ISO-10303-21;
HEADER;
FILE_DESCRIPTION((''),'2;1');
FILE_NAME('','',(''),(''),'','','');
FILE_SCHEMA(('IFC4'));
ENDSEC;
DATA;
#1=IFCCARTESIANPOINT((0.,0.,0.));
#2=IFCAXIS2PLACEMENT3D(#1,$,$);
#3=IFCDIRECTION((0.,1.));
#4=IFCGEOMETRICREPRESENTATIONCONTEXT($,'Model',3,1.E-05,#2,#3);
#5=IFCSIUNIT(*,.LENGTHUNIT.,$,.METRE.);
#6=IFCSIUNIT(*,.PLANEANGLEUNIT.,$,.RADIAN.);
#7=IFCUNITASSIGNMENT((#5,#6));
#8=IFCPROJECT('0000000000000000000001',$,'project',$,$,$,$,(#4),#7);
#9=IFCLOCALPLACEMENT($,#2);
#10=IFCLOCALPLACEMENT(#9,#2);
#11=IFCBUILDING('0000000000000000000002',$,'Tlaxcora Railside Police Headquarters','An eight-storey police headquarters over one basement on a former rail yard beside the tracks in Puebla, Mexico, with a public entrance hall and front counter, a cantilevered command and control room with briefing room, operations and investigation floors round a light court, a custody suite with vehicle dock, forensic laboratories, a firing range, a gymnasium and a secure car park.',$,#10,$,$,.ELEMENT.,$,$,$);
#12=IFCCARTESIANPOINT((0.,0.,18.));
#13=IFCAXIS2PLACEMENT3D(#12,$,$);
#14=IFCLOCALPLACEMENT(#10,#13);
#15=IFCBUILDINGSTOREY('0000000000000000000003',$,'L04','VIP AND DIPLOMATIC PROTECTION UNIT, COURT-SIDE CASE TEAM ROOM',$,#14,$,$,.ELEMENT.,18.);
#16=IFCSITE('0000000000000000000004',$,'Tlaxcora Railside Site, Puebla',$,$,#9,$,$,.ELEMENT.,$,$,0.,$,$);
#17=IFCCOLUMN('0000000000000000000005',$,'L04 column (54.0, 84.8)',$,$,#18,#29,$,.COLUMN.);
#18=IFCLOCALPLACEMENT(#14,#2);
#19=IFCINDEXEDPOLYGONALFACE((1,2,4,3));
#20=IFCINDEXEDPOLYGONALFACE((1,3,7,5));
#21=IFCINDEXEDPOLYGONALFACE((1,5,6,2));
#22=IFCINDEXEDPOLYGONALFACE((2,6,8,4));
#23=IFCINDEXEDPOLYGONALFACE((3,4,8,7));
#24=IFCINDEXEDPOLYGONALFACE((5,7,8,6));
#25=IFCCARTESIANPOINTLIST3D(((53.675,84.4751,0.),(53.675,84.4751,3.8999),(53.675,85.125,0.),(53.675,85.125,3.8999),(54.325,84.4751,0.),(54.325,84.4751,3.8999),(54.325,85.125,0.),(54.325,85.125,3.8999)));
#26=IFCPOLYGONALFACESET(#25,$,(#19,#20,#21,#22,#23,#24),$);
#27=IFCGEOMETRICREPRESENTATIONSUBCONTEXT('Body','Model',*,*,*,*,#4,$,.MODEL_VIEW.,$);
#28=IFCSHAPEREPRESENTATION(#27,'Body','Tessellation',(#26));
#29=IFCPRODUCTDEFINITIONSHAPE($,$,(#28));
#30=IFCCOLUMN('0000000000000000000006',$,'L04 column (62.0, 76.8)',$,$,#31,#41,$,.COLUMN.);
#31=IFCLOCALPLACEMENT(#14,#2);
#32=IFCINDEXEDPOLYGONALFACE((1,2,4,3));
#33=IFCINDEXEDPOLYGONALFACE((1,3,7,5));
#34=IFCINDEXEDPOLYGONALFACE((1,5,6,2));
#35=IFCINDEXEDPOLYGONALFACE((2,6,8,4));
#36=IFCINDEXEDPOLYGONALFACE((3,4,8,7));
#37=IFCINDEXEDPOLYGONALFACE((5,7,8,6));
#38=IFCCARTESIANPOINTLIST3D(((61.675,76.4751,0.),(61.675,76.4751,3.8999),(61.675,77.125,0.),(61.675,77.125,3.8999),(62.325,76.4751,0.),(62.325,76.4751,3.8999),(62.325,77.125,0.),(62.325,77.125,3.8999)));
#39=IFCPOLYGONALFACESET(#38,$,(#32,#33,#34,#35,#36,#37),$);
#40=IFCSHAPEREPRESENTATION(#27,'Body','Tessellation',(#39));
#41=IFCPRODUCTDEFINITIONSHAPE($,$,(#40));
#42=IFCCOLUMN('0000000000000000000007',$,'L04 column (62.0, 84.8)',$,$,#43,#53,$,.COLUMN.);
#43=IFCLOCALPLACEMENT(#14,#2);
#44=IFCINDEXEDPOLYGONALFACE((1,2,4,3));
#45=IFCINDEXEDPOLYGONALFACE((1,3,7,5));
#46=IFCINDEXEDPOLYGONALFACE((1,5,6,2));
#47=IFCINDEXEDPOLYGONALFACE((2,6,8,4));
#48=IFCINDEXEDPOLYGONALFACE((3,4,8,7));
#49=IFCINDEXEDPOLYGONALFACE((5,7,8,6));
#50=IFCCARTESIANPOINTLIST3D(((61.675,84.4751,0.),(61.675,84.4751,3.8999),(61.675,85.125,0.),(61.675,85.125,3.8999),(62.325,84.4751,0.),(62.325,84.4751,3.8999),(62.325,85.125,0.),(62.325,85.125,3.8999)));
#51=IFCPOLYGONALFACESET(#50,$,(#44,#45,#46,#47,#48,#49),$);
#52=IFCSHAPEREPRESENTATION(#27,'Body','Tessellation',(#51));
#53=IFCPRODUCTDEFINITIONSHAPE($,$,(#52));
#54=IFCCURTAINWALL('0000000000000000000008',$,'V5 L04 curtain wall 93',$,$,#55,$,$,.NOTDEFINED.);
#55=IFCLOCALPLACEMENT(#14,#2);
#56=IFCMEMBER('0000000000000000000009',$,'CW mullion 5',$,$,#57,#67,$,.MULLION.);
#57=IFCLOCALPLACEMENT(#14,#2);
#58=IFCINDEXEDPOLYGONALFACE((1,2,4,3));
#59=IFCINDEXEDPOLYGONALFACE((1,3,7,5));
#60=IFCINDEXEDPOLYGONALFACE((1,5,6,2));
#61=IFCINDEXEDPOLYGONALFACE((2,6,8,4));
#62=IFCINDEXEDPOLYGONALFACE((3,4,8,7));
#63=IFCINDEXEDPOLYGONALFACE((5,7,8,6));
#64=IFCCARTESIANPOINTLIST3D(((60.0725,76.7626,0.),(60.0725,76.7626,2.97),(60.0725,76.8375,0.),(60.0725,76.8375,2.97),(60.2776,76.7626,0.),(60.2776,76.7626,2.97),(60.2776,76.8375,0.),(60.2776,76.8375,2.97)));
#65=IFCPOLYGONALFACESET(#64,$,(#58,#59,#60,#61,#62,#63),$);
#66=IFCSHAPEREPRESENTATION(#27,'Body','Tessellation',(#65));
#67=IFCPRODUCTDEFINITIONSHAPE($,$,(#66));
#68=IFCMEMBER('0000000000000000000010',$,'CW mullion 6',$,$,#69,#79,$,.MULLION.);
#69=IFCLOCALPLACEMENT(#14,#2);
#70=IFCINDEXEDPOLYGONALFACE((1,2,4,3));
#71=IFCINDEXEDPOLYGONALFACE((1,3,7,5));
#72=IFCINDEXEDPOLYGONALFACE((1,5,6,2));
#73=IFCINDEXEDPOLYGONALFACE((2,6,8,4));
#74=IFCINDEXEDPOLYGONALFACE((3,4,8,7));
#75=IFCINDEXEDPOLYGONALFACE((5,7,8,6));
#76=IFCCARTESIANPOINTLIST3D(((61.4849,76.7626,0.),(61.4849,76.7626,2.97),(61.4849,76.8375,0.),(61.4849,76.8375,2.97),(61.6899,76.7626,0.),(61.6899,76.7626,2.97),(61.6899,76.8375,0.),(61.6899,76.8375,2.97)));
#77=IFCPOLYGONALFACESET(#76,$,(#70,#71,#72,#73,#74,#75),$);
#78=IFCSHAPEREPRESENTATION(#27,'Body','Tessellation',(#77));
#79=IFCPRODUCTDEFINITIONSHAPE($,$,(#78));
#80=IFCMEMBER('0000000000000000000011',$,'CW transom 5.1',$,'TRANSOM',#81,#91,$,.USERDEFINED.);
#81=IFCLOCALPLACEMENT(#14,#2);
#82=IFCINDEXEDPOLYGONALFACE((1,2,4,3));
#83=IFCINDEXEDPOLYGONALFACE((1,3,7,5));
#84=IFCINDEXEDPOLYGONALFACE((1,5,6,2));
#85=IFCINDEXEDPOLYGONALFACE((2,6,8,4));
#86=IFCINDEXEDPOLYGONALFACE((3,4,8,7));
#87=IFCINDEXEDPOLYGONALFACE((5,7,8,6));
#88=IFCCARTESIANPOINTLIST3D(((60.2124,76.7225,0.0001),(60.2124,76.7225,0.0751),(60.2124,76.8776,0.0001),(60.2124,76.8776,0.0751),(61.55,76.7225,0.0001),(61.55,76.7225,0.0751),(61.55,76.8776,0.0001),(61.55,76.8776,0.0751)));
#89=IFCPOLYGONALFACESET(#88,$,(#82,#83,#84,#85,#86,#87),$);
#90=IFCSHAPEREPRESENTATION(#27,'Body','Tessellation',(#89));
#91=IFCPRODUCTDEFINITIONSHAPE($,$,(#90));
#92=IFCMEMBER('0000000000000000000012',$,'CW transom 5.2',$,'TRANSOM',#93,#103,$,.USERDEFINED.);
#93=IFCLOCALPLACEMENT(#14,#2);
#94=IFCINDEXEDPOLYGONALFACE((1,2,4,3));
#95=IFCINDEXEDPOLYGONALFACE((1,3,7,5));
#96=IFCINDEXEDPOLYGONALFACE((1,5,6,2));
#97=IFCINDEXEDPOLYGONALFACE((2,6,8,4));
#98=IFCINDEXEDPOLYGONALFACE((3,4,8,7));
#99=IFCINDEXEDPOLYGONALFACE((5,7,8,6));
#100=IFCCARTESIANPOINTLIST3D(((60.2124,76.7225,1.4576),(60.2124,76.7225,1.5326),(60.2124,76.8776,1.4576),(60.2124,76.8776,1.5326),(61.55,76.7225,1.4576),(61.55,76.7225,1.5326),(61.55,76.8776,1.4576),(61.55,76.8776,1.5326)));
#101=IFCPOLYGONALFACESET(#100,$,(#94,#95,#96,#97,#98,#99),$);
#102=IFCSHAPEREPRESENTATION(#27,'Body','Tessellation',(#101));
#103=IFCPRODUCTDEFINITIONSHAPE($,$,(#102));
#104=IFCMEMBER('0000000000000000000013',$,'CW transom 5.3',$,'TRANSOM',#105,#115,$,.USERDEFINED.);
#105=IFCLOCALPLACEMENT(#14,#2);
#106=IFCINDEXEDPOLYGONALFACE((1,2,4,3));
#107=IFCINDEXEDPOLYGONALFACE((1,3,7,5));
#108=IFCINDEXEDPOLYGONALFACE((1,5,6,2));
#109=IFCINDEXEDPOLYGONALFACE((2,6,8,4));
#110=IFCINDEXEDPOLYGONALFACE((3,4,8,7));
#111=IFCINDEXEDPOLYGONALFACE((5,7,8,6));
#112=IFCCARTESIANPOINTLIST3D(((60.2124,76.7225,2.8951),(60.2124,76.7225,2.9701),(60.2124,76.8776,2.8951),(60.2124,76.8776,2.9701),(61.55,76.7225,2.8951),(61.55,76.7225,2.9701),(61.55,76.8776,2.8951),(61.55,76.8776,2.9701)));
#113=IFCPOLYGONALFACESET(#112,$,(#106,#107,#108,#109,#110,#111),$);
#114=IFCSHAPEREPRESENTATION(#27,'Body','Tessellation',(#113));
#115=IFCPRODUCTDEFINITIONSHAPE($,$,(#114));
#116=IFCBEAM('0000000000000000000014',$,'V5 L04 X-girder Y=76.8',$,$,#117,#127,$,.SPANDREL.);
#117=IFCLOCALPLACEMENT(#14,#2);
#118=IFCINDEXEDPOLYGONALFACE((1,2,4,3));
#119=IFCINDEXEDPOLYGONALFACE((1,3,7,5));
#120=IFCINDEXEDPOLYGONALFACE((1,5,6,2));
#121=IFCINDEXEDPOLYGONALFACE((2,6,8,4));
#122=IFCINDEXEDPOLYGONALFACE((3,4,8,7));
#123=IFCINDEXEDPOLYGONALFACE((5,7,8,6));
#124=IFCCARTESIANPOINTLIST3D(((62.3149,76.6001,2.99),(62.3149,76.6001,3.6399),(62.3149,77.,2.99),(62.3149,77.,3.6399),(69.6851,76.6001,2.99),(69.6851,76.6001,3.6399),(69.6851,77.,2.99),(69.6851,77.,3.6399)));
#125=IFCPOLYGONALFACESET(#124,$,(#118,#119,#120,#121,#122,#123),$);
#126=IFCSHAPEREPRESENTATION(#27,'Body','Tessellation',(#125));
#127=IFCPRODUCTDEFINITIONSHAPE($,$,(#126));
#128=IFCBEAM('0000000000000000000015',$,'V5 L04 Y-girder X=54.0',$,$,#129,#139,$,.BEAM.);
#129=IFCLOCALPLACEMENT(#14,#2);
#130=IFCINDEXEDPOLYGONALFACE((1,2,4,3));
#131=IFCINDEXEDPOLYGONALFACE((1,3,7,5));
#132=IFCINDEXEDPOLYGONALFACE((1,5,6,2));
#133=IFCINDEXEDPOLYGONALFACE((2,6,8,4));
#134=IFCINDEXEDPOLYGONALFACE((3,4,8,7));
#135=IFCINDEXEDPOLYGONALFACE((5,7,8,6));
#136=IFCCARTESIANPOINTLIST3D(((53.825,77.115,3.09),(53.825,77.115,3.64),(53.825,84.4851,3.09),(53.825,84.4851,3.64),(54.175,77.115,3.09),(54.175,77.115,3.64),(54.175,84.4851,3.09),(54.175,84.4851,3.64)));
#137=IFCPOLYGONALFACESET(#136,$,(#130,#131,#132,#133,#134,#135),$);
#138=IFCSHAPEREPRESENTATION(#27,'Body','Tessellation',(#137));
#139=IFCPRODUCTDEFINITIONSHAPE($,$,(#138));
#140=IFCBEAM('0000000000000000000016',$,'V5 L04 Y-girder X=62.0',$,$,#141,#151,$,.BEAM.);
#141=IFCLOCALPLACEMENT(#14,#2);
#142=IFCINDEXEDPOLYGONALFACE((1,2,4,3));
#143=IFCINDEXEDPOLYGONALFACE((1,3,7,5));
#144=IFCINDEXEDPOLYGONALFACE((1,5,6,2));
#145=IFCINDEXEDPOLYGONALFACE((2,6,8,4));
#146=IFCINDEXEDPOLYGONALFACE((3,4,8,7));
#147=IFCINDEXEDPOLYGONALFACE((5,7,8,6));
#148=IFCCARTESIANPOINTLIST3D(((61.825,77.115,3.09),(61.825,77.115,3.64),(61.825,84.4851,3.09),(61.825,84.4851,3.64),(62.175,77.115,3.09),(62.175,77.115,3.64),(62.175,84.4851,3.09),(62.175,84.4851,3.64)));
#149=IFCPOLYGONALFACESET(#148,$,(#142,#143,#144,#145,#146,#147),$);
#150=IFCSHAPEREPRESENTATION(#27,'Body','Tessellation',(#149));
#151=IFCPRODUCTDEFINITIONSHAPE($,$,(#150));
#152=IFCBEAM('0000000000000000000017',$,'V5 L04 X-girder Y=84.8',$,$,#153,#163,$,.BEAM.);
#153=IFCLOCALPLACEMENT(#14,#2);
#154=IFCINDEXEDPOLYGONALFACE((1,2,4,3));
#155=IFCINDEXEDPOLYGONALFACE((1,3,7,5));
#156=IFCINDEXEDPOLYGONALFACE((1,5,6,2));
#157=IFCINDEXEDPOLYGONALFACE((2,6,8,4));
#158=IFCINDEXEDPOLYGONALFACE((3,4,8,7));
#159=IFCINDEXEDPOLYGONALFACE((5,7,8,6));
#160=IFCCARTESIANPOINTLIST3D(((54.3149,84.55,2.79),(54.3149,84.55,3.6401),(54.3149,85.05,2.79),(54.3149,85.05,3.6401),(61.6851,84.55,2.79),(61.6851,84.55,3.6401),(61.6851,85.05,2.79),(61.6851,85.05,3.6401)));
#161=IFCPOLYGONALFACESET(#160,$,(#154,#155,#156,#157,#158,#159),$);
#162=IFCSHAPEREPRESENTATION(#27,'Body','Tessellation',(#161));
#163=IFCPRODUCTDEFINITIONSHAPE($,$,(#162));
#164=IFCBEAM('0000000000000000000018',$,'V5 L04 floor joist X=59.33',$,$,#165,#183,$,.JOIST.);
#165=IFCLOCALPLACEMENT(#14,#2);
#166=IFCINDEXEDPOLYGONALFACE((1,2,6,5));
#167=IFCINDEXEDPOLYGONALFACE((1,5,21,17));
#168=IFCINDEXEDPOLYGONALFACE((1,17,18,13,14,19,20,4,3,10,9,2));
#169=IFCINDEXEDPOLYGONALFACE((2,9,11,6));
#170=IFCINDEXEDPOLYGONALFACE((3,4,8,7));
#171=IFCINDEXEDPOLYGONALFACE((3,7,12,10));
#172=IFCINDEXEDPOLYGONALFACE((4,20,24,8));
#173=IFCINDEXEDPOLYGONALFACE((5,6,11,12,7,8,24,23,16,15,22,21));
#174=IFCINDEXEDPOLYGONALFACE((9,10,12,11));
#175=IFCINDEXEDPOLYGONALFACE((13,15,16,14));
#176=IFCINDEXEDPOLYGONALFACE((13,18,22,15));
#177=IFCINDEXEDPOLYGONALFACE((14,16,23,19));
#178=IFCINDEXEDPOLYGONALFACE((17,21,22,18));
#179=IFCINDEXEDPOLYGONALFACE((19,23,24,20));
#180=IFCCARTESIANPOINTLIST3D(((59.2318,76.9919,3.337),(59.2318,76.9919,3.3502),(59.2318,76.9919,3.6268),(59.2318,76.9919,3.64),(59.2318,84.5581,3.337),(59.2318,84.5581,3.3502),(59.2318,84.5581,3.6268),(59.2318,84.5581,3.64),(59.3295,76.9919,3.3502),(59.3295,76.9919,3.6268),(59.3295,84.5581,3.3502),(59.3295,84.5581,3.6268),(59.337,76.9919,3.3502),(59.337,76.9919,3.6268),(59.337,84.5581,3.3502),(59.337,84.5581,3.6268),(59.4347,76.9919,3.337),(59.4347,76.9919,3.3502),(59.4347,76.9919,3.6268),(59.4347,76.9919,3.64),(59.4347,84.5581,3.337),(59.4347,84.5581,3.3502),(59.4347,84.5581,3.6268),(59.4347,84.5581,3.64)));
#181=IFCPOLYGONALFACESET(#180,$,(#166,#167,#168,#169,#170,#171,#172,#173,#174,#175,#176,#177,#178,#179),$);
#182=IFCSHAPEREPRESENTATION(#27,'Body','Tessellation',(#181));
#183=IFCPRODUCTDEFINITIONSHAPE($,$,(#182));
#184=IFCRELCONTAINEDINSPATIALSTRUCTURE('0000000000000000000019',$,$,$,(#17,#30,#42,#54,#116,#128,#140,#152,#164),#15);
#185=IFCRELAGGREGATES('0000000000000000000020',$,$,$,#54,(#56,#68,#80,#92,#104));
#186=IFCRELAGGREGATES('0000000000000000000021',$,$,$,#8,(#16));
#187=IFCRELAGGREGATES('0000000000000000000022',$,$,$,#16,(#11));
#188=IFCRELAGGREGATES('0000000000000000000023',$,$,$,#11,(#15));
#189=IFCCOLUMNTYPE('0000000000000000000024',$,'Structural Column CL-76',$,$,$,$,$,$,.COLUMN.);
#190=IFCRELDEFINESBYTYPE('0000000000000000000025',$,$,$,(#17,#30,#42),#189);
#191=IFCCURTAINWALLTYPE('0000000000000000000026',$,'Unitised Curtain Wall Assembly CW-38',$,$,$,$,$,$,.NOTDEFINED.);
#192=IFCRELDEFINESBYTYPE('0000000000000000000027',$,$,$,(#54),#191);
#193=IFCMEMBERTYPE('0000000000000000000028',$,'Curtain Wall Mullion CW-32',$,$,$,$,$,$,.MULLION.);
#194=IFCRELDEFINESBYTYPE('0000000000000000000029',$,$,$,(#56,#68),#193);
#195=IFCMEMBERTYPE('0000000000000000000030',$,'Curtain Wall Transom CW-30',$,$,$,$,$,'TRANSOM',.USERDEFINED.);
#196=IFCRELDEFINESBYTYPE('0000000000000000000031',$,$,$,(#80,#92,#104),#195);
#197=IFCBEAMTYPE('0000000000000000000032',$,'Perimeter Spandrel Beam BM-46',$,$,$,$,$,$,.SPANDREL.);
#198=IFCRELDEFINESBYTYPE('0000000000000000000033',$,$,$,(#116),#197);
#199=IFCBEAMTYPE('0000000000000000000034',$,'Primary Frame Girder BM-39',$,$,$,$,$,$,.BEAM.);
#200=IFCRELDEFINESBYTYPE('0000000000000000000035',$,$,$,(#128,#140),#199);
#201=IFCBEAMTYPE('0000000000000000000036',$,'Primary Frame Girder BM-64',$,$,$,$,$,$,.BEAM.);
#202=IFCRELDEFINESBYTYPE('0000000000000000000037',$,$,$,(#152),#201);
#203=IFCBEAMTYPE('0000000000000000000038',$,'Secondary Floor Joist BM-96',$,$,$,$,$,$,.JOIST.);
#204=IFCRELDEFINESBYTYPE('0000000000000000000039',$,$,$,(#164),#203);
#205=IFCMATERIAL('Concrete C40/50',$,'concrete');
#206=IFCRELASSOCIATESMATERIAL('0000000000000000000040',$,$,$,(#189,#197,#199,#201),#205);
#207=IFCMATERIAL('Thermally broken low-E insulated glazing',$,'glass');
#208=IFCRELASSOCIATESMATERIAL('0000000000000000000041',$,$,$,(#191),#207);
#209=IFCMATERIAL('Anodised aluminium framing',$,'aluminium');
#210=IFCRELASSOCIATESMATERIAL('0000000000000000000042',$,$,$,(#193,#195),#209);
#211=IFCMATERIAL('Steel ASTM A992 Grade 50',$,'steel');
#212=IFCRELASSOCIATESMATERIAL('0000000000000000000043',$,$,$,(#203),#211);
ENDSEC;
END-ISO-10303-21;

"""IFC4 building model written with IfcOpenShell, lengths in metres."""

from ifc_helpers import new_model, si_unit, direction, frame, origin, origin_2d, place, context, subcontext, project, spatial, rectangle, i_section, extrude, material, material_profile, profile_set, type_object, element, aggregate, save


model = new_model("IFC4")

# Units and contexts
model_context = context("Model", 3, precision=1e-05, world=origin(), true_north=direction((0.0, 1.0)))
body_context = subcontext(model_context, "Body", "Model", "MODEL_VIEW")
ifc_project = project(units=[si_unit("LENGTHUNIT", "METRE"), si_unit("PLANEANGLEUNIT", "RADIAN")], contexts=[model_context])

# Site, building, storey
site_placement = place(None, origin())
site = spatial("IfcSite", under=ifc_project, at=site_placement, Name="Tlaxcora Railside Site, Puebla", CompositionType="ELEMENT", RefElevation=0.0)
building_placement = place(site_placement, origin())
building = spatial("IfcBuilding", under=site, at=building_placement, Name="Tlaxcora Railside Police Headquarters", Description="An eight-storey police headquarters over one basement on a former rail yard beside the tracks in Puebla, Mexico, with a public entrance hall and front counter, a cantilevered command and control room with briefing room, operations and investigation floors round a light court, a custody suite with vehicle dock, forensic laboratories, a firing range, a gymnasium and a secure car park.", CompositionType="ELEMENT")
storey_placement = place(building_placement, frame((0.0, 0.0, 18.0)))
storey = spatial("IfcBuildingStorey", under=building, at=storey_placement, Name="L04", Description="VIP AND DIPLOMATIC PROTECTION UNIT, COURT-SIDE CASE TEAM ROOM", CompositionType="ELEMENT", Elevation=18.0)

# Columns
ifc_material_1 = material(Name="Concrete C40/50", Category="concrete")
ifc_material_profile_1 = material_profile(ifc_material_1, rectangle(XDim=0.6499, YDim=0.6499, at=origin_2d()), Name="RC650X650")
ifc_profile_set_1 = profile_set([ifc_material_profile_1], Name="Concrete C40/50")
column_type = type_object("IfcColumnType", Name="Structural Column CL-76", PredefinedType="COLUMN", material=ifc_profile_set_1)
for number, where, z_axis, x_axis, name in (
    (1, (54.0, 84.8, 0.0), (0.0, 0.0, 1.0), (1.0, 0.0, 0.0), "L04 column (54.0, 84.8)"),
    (2, (62.0, 76.8, 0.0), (0.0, 0.0, 1.0), (1.0, 0.0, 0.0), "L04 column (62.0, 76.8)"),
    (3, (62.0, 84.8, 0.0), (0.0, 0.0, 1.0), (1.0, 0.0, 0.0), "L04 column (62.0, 84.8)"),
):
    element("IfcColumn", number, at=place(storey_placement, frame(where, z_axis=z_axis, x_axis=x_axis)), inside=storey, type_object=column_type, Name=name, PredefinedType="COLUMN", context=body_context, shape_type="SweptSolid", body=[
        extrude(rectangle(XDim=0.6499, YDim=0.6499, at=origin_2d()), origin(), (0.0, 0.0, 1.0), 3.8999),
    ])

# Curtain wall, members
ifc_material_2 = material(Name="Thermally broken low-E insulated glazing", Category="glass")
curtain_wall_type = type_object("IfcCurtainWallType", Name="Unitised Curtain Wall Assembly CW-38", PredefinedType="NOTDEFINED", material=ifc_material_2)
curtain_wall_placement = place(storey_placement, origin())
curtain_wall = element("IfcCurtainWall", 4, at=curtain_wall_placement, inside=storey, type_object=curtain_wall_type, Name="V5 L04 curtain wall 93", PredefinedType="NOTDEFINED")
ifc_material_3 = material(Name="Anodised aluminium framing", Category="aluminium")
ifc_material_profile_2 = material_profile(ifc_material_3, rectangle(XDim=0.075, YDim=0.2051, at=origin_2d()), Name="AL75X205")
ifc_profile_set_2 = profile_set([ifc_material_profile_2], Name="Anodised aluminium framing")
member_type_1 = type_object("IfcMemberType", Name="Curtain Wall Mullion CW-32", PredefinedType="MULLION", material=ifc_profile_set_2)
member_1_placement = place(storey_placement, frame((60.175, 76.8, 0.0), z_axis=(0.0, 0.0, 1.0), x_axis=(0.0, 1.0, 0.0)))
member_1 = element("IfcMember", 5, at=member_1_placement, type_object=member_type_1, Name="CW mullion 5", PredefinedType="MULLION", context=body_context, shape_type="SweptSolid", body=[
    extrude(rectangle(XDim=0.075, YDim=0.2051, at=origin_2d()), origin(), (0.0, 0.0, 1.0), 2.97),
])
member_2_placement = place(storey_placement, frame((61.5874, 76.8, 0.0), z_axis=(0.0, 0.0, 1.0), x_axis=(0.0, 1.0, 0.0)))
member_2 = element("IfcMember", 6, at=member_2_placement, type_object=member_type_1, Name="CW mullion 6", PredefinedType="MULLION", context=body_context, shape_type="SweptSolid", body=[
    extrude(rectangle(XDim=0.075, YDim=0.2051, at=origin_2d()), origin(), (0.0, 0.0, 1.0), 2.97),
])
ifc_material_profile_3 = material_profile(ifc_material_3, rectangle(XDim=0.155, YDim=0.075, at=origin_2d()), Name="AL75X155")
ifc_profile_set_3 = profile_set([ifc_material_profile_3], Name="Anodised aluminium framing")
member_type_2 = type_object("IfcMemberType", Name="Curtain Wall Transom CW-30", ElementType="TRANSOM", PredefinedType="USERDEFINED", material=ifc_profile_set_3)
member_3_placement = place(storey_placement, frame((60.2124, 76.8, 0.0376), z_axis=(1.0, 0.0, 0.0), x_axis=(0.0, 1.0, 0.0)))
member_3 = element("IfcMember", 7, at=member_3_placement, type_object=member_type_2, Name="CW transom 5.1", ObjectType="TRANSOM", PredefinedType="USERDEFINED", context=body_context, shape_type="SweptSolid", body=[
    extrude(rectangle(XDim=0.155, YDim=0.075, at=origin_2d()), origin(), (0.0, 0.0, 1.0), 1.3376),
])
member_4_placement = place(storey_placement, frame((60.2124, 76.8, 1.4951), z_axis=(1.0, 0.0, 0.0), x_axis=(0.0, 1.0, 0.0)))
member_4 = element("IfcMember", 8, at=member_4_placement, type_object=member_type_2, Name="CW transom 5.2", ObjectType="TRANSOM", PredefinedType="USERDEFINED", context=body_context, shape_type="SweptSolid", body=[
    extrude(rectangle(XDim=0.155, YDim=0.075, at=origin_2d()), origin(), (0.0, 0.0, 1.0), 1.3376),
])
member_5_placement = place(storey_placement, frame((60.2124, 76.8, 2.9326), z_axis=(1.0, 0.0, 0.0), x_axis=(0.0, 1.0, 0.0)))
member_5 = element("IfcMember", 9, at=member_5_placement, type_object=member_type_2, Name="CW transom 5.3", ObjectType="TRANSOM", PredefinedType="USERDEFINED", context=body_context, shape_type="SweptSolid", body=[
    extrude(rectangle(XDim=0.155, YDim=0.075, at=origin_2d()), origin(), (0.0, 0.0, 1.0), 1.3376),
])

# Beams
ifc_material_profile_4 = material_profile(ifc_material_1, rectangle(XDim=0.3999, YDim=0.6499, at=origin_2d()), Name="RC400X650")
ifc_profile_set_4 = profile_set([ifc_material_profile_4], Name="Concrete C40/50")
beam_type_1 = type_object("IfcBeamType", Name="Perimeter Spandrel Beam BM-46", PredefinedType="SPANDREL", material=ifc_profile_set_4)
beam_1_placement = place(storey_placement, frame((62.3149, 76.8, 3.3149), z_axis=(1.0, 0.0, 0.0), x_axis=(0.0, 1.0, 0.0)))
element("IfcBeam", 10, at=beam_1_placement, inside=storey, type_object=beam_type_1, Name="V5 L04 X-girder Y=76.8", PredefinedType="SPANDREL", context=body_context, shape_type="SweptSolid", body=[
    extrude(rectangle(XDim=0.3999, YDim=0.6499, at=origin_2d()), origin(), (0.0, 0.0, 1.0), 7.3701),
])
ifc_material_profile_5 = material_profile(ifc_material_1, rectangle(XDim=0.3501, YDim=0.55, at=origin_2d()), Name="RC350X550")
ifc_profile_set_5 = profile_set([ifc_material_profile_5], Name="Concrete C40/50")
beam_type_2 = type_object("IfcBeamType", Name="Primary Frame Girder BM-39", PredefinedType="BEAM", material=ifc_profile_set_5)
for number, where, z_axis, x_axis, name in (
    (11, (54.0, 77.115, 3.365), (0.0, 1.0, 0.0), (-1.0, 0.0, 0.0), "V5 L04 Y-girder X=54.0"),
    (12, (62.0, 77.115, 3.365), (0.0, 1.0, 0.0), (-1.0, 0.0, 0.0), "V5 L04 Y-girder X=62.0"),
):
    element("IfcBeam", number, at=place(storey_placement, frame(where, z_axis=z_axis, x_axis=x_axis)), inside=storey, type_object=beam_type_2, Name=name, PredefinedType="BEAM", context=body_context, shape_type="SweptSolid", body=[
        extrude(rectangle(XDim=0.3501, YDim=0.55, at=origin_2d()), origin(), (0.0, 0.0, 1.0), 7.3701),
    ])
ifc_material_profile_6 = material_profile(ifc_material_1, rectangle(XDim=0.5, YDim=0.8501, at=origin_2d()), Name="RC500X850")
ifc_profile_set_6 = profile_set([ifc_material_profile_6], Name="Concrete C40/50")
beam_type_3 = type_object("IfcBeamType", Name="Primary Frame Girder BM-64", PredefinedType="BEAM", material=ifc_profile_set_6)
beam_2_placement = place(storey_placement, frame((54.3149, 84.8, 3.2151), z_axis=(1.0, 0.0, 0.0), x_axis=(0.0, 1.0, 0.0)))
element("IfcBeam", 13, at=beam_2_placement, inside=storey, type_object=beam_type_3, Name="V5 L04 X-girder Y=84.8", PredefinedType="BEAM", context=body_context, shape_type="SweptSolid", body=[
    extrude(rectangle(XDim=0.5, YDim=0.8501, at=origin_2d()), origin(), (0.0, 0.0, 1.0), 7.3701),
])
ifc_material_4 = material(Name="Steel ASTM A992 Grade 50", Category="steel")
ifc_material_profile_7 = material_profile(ifc_material_4, i_section(OverallWidth=0.2029, OverallDepth=0.303, WebThickness=0.0076, FlangeThickness=0.0132, at=origin_2d()), Name="W12X40")
ifc_profile_set_7 = profile_set([ifc_material_profile_7], Name="Steel ASTM A992 Grade 50")
beam_type_4 = type_object("IfcBeamType", Name="Secondary Floor Joist BM-96", PredefinedType="JOIST", material=ifc_profile_set_7)
beam_3_placement = place(storey_placement, frame((59.3333, 76.9919, 3.4885), z_axis=(0.0, 1.0, 0.0), x_axis=(-1.0, 0.0, 0.0)))
element("IfcBeam", 14, at=beam_3_placement, inside=storey, type_object=beam_type_4, Name="V5 L04 floor joist X=59.33", PredefinedType="JOIST", context=body_context, shape_type="SweptSolid", body=[
    extrude(i_section(OverallWidth=0.2029, OverallDepth=0.303, WebThickness=0.0076, FlangeThickness=0.0132, at=origin_2d()), origin(), (0.0, 0.0, 1.0), 7.5662),
])

aggregate(curtain_wall, [member_1, member_2, member_3, member_4, member_5])

save(model, "model.ifc")
